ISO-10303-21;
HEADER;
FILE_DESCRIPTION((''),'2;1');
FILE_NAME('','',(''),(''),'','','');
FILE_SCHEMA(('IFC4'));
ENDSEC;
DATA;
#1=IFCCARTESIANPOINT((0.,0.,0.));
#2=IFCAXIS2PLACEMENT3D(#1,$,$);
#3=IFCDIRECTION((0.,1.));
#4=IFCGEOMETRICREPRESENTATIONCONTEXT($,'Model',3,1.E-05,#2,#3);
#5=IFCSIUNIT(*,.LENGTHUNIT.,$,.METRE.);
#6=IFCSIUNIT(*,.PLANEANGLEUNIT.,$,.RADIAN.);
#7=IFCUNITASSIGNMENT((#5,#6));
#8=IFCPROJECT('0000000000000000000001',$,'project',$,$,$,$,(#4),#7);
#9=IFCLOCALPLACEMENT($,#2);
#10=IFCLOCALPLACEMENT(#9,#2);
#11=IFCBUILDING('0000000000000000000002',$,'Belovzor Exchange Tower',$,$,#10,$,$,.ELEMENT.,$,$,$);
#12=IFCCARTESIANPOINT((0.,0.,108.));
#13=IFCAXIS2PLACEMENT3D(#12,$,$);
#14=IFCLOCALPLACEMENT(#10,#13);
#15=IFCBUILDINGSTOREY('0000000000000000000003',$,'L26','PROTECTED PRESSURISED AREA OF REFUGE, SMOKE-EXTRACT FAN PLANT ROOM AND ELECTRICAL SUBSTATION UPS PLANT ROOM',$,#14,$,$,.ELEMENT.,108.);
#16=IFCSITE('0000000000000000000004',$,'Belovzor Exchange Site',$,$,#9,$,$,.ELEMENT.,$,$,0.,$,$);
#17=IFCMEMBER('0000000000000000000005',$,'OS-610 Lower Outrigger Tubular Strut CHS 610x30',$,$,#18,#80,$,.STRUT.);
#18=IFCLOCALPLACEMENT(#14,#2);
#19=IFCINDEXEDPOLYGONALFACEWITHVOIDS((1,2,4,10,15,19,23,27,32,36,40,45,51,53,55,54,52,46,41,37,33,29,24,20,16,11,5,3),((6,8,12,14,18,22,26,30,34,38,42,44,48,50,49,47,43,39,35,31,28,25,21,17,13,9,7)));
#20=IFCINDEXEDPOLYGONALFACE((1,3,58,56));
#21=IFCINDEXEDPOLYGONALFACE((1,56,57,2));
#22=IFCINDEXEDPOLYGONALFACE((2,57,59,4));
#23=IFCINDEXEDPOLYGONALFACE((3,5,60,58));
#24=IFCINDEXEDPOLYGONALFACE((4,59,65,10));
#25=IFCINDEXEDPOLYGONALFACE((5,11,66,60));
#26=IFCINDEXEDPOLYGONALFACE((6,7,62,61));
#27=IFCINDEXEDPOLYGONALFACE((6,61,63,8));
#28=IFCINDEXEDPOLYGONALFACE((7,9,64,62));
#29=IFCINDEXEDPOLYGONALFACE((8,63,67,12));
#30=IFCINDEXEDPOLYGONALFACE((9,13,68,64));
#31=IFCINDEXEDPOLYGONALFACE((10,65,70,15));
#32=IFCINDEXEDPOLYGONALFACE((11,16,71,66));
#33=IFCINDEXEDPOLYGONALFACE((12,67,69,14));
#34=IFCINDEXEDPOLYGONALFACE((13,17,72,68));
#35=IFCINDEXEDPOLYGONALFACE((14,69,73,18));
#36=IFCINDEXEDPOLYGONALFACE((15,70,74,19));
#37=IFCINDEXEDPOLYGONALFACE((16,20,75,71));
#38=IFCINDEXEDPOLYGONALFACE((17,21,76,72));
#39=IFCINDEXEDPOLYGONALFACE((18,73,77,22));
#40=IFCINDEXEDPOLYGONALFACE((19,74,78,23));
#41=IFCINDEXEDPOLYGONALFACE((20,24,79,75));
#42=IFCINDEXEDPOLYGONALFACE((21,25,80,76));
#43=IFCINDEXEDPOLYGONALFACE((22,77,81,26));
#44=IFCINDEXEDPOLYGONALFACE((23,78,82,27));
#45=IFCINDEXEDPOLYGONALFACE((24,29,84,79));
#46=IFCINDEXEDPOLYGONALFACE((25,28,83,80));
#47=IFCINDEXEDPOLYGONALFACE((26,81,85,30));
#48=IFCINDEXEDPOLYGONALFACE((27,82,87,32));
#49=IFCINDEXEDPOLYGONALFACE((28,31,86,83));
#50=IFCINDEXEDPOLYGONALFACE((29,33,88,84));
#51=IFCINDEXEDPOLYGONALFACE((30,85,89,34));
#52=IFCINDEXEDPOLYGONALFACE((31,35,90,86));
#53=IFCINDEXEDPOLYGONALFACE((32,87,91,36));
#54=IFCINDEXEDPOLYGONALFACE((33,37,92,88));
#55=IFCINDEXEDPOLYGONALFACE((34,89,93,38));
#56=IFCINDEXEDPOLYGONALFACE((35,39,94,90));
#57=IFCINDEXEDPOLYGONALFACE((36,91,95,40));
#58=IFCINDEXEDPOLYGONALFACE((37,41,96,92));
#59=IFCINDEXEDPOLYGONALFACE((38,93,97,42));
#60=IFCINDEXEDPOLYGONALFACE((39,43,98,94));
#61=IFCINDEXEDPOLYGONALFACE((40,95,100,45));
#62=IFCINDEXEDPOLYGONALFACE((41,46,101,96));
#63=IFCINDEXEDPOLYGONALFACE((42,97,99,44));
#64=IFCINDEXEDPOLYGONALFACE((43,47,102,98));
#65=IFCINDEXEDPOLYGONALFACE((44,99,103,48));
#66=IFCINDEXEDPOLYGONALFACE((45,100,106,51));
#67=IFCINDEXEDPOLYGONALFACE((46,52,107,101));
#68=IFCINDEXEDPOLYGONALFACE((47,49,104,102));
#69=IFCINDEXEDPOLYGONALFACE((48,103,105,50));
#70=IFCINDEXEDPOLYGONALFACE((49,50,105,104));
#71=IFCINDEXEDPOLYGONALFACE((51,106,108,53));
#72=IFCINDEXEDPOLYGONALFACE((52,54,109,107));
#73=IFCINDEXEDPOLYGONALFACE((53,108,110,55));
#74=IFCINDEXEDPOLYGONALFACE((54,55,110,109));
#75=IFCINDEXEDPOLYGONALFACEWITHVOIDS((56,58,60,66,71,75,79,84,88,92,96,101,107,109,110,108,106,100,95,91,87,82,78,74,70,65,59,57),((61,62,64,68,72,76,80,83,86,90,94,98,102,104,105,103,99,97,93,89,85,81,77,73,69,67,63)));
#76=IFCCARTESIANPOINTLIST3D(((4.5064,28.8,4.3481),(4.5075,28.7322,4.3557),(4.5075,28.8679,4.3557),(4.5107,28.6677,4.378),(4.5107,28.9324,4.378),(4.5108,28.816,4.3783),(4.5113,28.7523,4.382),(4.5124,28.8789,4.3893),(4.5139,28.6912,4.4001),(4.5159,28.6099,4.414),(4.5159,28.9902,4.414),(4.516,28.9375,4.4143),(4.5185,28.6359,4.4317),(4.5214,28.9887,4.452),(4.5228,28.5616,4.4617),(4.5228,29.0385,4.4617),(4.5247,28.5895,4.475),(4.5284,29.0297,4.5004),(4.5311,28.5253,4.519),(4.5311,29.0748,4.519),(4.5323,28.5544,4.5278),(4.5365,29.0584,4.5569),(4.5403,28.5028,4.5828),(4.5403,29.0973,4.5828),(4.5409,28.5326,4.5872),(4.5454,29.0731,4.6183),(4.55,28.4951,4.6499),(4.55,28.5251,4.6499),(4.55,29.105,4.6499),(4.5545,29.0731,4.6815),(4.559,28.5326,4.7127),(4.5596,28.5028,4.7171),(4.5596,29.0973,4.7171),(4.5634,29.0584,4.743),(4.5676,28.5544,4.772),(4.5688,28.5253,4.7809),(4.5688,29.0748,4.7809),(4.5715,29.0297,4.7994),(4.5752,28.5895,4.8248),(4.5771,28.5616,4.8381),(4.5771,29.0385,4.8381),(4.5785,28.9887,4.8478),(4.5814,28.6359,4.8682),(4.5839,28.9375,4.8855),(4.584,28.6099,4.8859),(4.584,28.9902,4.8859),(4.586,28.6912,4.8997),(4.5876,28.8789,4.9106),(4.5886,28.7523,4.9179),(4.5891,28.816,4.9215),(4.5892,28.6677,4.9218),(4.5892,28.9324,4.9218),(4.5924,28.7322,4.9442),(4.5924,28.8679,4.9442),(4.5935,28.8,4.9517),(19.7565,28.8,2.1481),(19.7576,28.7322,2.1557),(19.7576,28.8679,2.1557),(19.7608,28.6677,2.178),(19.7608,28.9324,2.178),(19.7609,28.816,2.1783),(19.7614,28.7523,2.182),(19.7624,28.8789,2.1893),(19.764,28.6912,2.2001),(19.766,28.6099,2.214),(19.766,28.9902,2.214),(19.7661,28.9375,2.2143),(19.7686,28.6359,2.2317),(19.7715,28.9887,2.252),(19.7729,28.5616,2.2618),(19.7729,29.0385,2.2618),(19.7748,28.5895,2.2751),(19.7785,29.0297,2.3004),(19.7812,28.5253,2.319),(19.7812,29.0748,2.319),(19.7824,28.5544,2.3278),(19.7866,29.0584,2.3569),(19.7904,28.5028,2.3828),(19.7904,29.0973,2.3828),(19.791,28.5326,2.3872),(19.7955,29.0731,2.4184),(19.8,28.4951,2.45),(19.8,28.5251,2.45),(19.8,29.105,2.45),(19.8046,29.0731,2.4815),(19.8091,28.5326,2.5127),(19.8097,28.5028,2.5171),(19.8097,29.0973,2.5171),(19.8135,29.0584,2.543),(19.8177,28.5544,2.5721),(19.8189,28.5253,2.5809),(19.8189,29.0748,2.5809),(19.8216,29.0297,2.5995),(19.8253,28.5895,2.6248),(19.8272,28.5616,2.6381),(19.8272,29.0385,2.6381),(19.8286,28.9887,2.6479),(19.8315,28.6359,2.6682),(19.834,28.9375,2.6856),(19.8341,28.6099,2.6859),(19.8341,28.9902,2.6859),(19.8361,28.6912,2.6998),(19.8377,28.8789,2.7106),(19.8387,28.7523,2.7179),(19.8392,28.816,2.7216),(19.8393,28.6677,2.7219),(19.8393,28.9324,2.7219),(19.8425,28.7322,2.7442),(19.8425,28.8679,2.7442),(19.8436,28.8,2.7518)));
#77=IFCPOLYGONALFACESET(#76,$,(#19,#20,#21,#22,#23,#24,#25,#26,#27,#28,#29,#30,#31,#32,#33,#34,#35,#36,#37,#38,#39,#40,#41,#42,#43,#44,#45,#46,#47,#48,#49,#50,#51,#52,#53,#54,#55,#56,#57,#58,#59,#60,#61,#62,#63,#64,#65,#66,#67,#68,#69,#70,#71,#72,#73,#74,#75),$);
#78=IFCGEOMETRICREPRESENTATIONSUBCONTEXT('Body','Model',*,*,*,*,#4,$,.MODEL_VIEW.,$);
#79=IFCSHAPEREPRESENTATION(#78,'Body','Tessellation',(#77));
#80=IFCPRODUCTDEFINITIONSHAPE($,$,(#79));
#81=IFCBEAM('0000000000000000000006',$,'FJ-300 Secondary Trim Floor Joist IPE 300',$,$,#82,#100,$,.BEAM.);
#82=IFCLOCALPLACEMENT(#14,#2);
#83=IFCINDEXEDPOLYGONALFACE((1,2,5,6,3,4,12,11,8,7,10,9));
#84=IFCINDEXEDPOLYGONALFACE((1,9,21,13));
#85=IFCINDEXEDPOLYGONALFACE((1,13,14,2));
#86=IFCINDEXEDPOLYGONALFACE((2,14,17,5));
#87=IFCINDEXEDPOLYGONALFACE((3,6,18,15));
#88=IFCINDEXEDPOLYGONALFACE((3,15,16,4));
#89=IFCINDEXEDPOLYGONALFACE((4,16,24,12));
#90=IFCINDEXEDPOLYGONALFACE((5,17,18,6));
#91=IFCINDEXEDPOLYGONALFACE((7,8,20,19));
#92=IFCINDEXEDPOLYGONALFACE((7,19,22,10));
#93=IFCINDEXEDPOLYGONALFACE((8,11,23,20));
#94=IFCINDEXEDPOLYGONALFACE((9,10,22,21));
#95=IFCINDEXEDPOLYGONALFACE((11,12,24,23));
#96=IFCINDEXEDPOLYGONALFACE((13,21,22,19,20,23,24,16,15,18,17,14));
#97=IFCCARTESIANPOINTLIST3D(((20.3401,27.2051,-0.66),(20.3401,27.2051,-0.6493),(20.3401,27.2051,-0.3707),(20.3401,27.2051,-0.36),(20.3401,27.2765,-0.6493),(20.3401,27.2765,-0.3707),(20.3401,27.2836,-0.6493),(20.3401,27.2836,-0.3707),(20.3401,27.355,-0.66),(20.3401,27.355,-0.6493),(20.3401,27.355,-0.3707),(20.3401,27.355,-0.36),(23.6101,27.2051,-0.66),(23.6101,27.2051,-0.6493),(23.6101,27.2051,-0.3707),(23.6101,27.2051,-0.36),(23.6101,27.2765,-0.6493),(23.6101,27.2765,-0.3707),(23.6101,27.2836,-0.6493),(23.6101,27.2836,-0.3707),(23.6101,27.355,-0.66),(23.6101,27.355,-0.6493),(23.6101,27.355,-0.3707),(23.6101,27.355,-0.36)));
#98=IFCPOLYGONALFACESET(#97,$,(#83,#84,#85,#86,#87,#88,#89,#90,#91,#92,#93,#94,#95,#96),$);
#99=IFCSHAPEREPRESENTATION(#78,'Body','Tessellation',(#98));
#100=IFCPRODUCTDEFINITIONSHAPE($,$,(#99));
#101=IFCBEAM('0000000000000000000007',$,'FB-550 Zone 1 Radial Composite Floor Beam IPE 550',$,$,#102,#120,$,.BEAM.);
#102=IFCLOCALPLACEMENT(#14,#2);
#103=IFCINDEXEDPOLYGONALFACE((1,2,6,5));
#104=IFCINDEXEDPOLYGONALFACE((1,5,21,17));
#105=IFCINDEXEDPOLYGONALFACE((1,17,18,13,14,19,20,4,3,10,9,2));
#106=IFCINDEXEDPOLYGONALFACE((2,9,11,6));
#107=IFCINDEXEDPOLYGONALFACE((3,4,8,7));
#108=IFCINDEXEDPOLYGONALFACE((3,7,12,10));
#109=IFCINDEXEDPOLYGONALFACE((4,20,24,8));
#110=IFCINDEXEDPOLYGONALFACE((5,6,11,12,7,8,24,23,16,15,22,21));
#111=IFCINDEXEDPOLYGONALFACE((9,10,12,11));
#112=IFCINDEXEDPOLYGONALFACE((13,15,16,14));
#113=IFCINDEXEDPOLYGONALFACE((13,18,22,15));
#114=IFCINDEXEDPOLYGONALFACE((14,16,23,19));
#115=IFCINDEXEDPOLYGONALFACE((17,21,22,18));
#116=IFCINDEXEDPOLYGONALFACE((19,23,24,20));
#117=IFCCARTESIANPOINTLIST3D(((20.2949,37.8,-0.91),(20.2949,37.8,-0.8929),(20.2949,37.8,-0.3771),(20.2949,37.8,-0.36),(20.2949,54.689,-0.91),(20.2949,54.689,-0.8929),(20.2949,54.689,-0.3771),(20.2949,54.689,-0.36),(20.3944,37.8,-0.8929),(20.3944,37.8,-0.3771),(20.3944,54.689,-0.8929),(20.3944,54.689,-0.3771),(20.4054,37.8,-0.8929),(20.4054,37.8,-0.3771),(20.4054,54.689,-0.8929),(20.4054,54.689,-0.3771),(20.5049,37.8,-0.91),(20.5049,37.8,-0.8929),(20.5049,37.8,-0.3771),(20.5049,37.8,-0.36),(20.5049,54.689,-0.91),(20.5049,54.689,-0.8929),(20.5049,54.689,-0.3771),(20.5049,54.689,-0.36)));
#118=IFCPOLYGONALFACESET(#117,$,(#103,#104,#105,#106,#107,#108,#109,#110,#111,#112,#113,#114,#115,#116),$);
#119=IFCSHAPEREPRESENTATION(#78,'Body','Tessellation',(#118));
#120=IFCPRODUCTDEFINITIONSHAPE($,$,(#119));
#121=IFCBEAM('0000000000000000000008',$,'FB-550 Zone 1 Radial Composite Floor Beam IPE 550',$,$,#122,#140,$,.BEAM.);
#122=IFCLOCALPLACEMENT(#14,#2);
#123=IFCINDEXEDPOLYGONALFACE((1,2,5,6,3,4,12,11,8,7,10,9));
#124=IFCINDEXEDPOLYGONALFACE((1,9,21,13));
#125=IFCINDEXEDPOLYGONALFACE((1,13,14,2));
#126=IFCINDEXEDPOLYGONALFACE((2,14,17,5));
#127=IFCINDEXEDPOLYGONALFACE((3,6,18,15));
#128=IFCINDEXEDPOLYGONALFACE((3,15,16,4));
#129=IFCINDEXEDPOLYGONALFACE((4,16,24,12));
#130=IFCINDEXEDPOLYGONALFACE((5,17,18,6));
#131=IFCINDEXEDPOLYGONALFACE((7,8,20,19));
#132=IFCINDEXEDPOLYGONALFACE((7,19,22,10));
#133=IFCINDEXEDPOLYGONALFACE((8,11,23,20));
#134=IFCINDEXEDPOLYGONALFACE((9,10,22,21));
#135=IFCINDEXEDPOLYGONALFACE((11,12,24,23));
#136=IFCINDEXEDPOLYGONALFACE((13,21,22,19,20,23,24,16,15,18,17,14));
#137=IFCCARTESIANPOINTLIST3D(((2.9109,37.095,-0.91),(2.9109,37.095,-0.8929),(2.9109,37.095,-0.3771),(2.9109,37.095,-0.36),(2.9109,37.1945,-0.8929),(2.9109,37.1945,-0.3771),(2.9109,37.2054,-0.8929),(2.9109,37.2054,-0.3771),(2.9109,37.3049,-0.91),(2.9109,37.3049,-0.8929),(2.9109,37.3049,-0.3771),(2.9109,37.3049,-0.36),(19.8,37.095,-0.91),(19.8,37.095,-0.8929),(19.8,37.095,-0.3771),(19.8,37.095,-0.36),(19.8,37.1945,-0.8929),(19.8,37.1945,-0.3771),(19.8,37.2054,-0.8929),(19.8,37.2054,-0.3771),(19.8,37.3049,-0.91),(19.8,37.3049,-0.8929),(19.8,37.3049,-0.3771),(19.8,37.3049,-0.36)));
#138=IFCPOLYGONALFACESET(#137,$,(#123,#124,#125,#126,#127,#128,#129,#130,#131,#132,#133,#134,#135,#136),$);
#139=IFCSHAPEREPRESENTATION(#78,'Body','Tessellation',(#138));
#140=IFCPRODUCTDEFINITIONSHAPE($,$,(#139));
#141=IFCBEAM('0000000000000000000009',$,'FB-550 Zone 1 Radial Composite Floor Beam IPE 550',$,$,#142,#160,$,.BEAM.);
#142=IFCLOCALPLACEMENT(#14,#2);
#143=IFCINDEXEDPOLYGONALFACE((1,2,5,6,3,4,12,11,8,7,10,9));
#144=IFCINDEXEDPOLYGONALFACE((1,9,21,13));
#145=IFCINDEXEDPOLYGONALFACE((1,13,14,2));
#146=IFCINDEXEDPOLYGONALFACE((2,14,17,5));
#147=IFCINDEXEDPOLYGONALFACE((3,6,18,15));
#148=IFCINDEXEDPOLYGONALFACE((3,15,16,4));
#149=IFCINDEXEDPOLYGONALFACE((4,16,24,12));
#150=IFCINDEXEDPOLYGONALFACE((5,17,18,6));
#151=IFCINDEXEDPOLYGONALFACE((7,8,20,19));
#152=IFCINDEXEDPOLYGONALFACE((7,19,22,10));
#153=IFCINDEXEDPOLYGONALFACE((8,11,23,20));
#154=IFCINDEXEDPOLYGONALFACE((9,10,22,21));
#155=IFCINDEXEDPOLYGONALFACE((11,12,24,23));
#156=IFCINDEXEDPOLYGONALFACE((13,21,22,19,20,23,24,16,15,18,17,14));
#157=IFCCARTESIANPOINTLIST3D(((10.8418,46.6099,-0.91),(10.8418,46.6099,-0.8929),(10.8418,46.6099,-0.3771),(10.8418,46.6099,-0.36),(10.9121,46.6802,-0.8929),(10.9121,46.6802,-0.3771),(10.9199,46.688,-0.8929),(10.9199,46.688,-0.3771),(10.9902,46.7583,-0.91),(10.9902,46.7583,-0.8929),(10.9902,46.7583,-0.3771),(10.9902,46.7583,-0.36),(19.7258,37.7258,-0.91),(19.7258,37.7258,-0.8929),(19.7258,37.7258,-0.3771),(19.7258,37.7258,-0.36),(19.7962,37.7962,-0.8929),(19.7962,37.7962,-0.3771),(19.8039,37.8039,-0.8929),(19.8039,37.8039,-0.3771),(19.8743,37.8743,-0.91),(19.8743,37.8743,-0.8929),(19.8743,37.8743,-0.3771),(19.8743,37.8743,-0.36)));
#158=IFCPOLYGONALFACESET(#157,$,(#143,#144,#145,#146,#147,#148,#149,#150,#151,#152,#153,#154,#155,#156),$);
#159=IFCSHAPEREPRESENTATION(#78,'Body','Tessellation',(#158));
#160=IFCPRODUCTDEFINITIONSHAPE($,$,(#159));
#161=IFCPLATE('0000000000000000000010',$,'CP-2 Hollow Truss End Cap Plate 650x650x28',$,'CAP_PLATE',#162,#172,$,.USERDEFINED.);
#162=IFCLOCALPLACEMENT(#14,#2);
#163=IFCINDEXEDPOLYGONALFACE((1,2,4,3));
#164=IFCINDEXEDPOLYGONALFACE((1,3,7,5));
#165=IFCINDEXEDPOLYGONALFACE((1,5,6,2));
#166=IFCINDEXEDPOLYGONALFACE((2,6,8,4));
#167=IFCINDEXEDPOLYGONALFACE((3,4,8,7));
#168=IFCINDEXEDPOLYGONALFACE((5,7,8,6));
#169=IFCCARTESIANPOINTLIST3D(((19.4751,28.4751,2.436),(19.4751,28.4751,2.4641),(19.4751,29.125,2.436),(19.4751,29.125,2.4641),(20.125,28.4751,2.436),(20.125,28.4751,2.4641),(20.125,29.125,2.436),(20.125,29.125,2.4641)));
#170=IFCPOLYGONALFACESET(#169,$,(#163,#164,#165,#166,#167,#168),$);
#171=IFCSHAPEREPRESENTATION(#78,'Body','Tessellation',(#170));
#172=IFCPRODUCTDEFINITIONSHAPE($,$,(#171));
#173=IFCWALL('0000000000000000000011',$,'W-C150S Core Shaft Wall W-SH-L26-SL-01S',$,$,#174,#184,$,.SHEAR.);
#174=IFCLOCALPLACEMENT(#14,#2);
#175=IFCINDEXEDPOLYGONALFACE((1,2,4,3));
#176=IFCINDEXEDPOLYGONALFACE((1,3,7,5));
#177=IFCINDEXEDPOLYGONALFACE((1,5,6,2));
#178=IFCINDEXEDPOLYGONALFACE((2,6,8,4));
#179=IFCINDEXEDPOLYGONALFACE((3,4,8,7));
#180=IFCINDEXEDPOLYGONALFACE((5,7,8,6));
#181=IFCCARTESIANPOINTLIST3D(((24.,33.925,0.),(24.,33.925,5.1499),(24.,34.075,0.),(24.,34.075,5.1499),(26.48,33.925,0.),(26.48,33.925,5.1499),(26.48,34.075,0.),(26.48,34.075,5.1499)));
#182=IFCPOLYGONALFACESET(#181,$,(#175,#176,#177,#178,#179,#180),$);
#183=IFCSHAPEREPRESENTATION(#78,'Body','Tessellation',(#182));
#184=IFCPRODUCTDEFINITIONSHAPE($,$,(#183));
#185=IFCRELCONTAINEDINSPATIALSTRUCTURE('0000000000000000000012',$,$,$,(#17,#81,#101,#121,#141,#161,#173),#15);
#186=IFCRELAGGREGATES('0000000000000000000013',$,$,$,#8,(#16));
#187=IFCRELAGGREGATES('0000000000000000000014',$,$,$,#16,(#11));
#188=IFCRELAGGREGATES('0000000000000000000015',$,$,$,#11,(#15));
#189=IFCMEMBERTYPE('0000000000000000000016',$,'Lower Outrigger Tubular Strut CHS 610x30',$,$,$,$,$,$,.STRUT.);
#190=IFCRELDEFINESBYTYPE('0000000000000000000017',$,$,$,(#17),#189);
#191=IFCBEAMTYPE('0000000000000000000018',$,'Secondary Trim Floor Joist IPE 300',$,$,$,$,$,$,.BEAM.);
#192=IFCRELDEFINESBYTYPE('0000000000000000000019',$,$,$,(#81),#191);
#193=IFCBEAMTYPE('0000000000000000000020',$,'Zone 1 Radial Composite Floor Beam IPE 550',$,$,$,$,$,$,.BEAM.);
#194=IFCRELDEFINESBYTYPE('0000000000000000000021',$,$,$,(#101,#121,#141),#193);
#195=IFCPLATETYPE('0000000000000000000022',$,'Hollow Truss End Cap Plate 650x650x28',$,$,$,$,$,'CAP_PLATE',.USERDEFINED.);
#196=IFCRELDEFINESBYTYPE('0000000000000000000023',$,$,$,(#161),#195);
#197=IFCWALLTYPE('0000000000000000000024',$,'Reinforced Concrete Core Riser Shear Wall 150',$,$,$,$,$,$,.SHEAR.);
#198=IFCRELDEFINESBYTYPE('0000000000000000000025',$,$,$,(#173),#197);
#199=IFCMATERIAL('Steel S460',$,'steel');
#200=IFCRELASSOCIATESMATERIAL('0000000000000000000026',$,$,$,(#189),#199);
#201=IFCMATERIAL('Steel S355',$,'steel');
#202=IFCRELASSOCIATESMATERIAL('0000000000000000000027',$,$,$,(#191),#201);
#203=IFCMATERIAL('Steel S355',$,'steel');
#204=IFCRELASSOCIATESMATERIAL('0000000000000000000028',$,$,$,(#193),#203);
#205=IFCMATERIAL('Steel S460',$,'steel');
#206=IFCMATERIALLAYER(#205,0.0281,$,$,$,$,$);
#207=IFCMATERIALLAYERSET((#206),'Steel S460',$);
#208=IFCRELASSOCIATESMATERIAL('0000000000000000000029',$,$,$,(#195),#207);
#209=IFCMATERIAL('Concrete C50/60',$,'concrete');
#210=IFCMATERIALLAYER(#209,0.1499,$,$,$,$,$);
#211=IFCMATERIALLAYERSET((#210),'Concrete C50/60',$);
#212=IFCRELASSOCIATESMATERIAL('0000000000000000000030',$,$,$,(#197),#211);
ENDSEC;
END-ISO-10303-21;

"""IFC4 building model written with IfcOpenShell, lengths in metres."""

from ifc_helpers import new_model, si_unit, direction, frame, frame_2d, origin, origin_2d, place, context, subcontext, project, spatial, rectangle, hollow_circle, i_section, extrude, material, layer, layer_set, material_profile, profile_set, type_object, element, save


model = new_model("IFC4")

# Units and contexts
model_context = context("Model", 3, precision=1e-05, world=origin(), true_north=direction((0.0, 1.0)))
body_context = subcontext(model_context, "Body", "Model", "MODEL_VIEW")
ifc_project = project(units=[si_unit("LENGTHUNIT", "METRE"), si_unit("PLANEANGLEUNIT", "RADIAN")], contexts=[model_context])

# Site, building, storey
site_placement = place(None, origin())
site = spatial("IfcSite", under=ifc_project, at=site_placement, Name="Belovzor Exchange Site", CompositionType="ELEMENT", RefElevation=0.0)
building_placement = place(site_placement, origin())
building = spatial("IfcBuilding", under=site, at=building_placement, Name="Belovzor Exchange Tower", CompositionType="ELEMENT")
storey_placement = place(building_placement, frame((0.0, 0.0, 108.0)))
storey = spatial("IfcBuildingStorey", under=building, at=storey_placement, Name="L26", Description="PROTECTED PRESSURISED AREA OF REFUGE, SMOKE-EXTRACT FAN PLANT ROOM AND ELECTRICAL SUBSTATION UPS PLANT ROOM", CompositionType="ELEMENT", Elevation=108.0)

# Member
ifc_material_1 = material(Name="Steel S460", Category="steel")
ifc_material_profile_1 = material_profile(ifc_material_1, hollow_circle(Radius=0.3049, WallThickness=0.03, at=origin_2d()))
ifc_profile_set_1 = profile_set([ifc_material_profile_1], Name="Steel S460")
member_type = type_object("IfcMemberType", Name="Lower Outrigger Tubular Strut CHS 610x30", PredefinedType="STRUT", material=ifc_profile_set_1)
member_placement = place(storey_placement, frame((19.8, 28.8, 2.45), z_axis=(-0.989754, 0.0, 0.142781), x_axis=(0.0, -1.0, 0.0)))
element("IfcMember", 1, at=member_placement, inside=storey, type_object=member_type, Name="OS-610 Lower Outrigger Tubular Strut CHS 610x30", PredefinedType="STRUT", context=body_context, shape_type="SweptSolid", body=[
    extrude(hollow_circle(Radius=0.3049, WallThickness=0.03, at=origin_2d()), origin(), (0.0, 0.0, 1.0), 15.408),
])

# Beams
ifc_material_2 = material(Name="Steel S355", Category="steel")
ifc_material_profile_2 = material_profile(ifc_material_2, i_section(OverallWidth=0.1499, OverallDepth=0.3, WebThickness=0.0071, FlangeThickness=0.0107, at=origin_2d()))
ifc_profile_set_2 = profile_set([ifc_material_profile_2], Name="Steel S355")
beam_type_1 = type_object("IfcBeamType", Name="Secondary Trim Floor Joist IPE 300", PredefinedType="BEAM", material=ifc_profile_set_2)
beam_1_placement = place(storey_placement, frame((20.3401, 27.28, -0.51), z_axis=(1.0, 0.0, 0.0), x_axis=(0.0, 1.0, 0.0)))
element("IfcBeam", 2, at=beam_1_placement, inside=storey, type_object=beam_type_1, Name="FJ-300 Secondary Trim Floor Joist IPE 300", PredefinedType="BEAM", context=body_context, shape_type="SweptSolid", body=[
    extrude(i_section(OverallWidth=0.1499, OverallDepth=0.3, WebThickness=0.0071, FlangeThickness=0.0107, at=origin_2d()), origin(), (0.0, 0.0, 1.0), 3.27),
])
ifc_material_3 = material(Name="Steel S355", Category="steel")
ifc_material_profile_3 = material_profile(ifc_material_3, i_section(OverallWidth=0.21, OverallDepth=0.55, WebThickness=0.011, FlangeThickness=0.0171, at=origin_2d()))
ifc_profile_set_3 = profile_set([ifc_material_profile_3], Name="Steel S355")
beam_type_2 = type_object("IfcBeamType", Name="Zone 1 Radial Composite Floor Beam IPE 550", PredefinedType="BEAM", material=ifc_profile_set_3)
beam_2_placement = place(storey_placement, frame((20.3999, 37.8, -0.635), z_axis=(0.0, 1.0, 0.0), x_axis=(-1.0, 0.0, 0.0)))
element("IfcBeam", 3, at=beam_2_placement, inside=storey, type_object=beam_type_2, Name="FB-550 Zone 1 Radial Composite Floor Beam IPE 550", PredefinedType="BEAM", context=body_context, shape_type="SweptSolid", body=[
    extrude(i_section(OverallWidth=0.21, OverallDepth=0.55, WebThickness=0.011, FlangeThickness=0.0171, at=origin_2d()), origin(), (0.0, 0.0, 1.0), 16.8889),
])
beam_3_placement = place(storey_placement, frame((19.8, 37.2, -0.635), z_axis=(-1.0, 0.0, 0.0), x_axis=(0.0, -1.0, 0.0)))
element("IfcBeam", 4, at=beam_3_placement, inside=storey, type_object=beam_type_2, Name="FB-550 Zone 1 Radial Composite Floor Beam IPE 550", PredefinedType="BEAM", context=body_context, shape_type="SweptSolid", body=[
    extrude(i_section(OverallWidth=0.21, OverallDepth=0.55, WebThickness=0.011, FlangeThickness=0.0171, at=origin_2d()), origin(), (0.0, 0.0, 1.0), 16.8892),
])
beam_4_placement = place(storey_placement, frame((19.8, 37.8, -0.635), z_axis=(-0.707107, 0.707107, 0.0), x_axis=(-0.707107, -0.707107, 0.0)))
element("IfcBeam", 5, at=beam_4_placement, inside=storey, type_object=beam_type_2, Name="FB-550 Zone 1 Radial Composite Floor Beam IPE 550", PredefinedType="BEAM", context=body_context, shape_type="SweptSolid", body=[
    extrude(i_section(OverallWidth=0.21, OverallDepth=0.55, WebThickness=0.011, FlangeThickness=0.0171, at=origin_2d()), origin(), (0.0, 0.0, 1.0), 12.564),
])

# Plate
ifc_material_4 = material(Name="Steel S460", Category="steel")
ifc_layer_1 = layer(ifc_material_4, 0.0281)
ifc_layer_set_1 = layer_set([ifc_layer_1], Name="Steel S460")
plate_type = type_object("IfcPlateType", Name="Hollow Truss End Cap Plate 650x650x28", ElementType="CAP_PLATE", PredefinedType="USERDEFINED", material=ifc_layer_set_1)
plate_placement = place(storey_placement, frame((19.8, 28.8, 2.436), z_axis=(0.0, 0.0, 1.0), x_axis=(1.0, 0.0, 0.0)))
element("IfcPlate", 6, at=plate_placement, inside=storey, type_object=plate_type, Name="CP-2 Hollow Truss End Cap Plate 650x650x28", ObjectType="CAP_PLATE", PredefinedType="USERDEFINED", context=body_context, shape_type="SweptSolid", body=[
    extrude(rectangle(XDim=0.6499, YDim=0.6499, at=origin_2d()), origin(), (0.0, 0.0, 1.0), 0.0281),
])

# Wall
ifc_material_5 = material(Name="Concrete C50/60", Category="concrete")
ifc_layer_2 = layer(ifc_material_5, 0.1499)
ifc_layer_set_2 = layer_set([ifc_layer_2], Name="Concrete C50/60")
wall_type_1 = type_object("IfcWallType", Name="Reinforced Concrete Core Riser Shear Wall 150", PredefinedType="SHEAR", material=ifc_layer_set_2)
for number, where, z_axis, x_axis, name in (
    (7, (24.0, 34.0, 0.0), (0.0, 0.0, 1.0), (1.0, 0.0, 0.0), "W-C150S Core Shaft Wall W-SH-L26-SL-01S"),
):
    element("IfcWall", number, at=place(storey_placement, frame(where, z_axis=z_axis, x_axis=x_axis)), inside=storey, type_object=wall_type_1, Name=name, PredefinedType="SHEAR", context=body_context, shape_type="SweptSolid", body=[
        extrude(rectangle(XDim=2.48, YDim=0.1499, at=frame_2d((1.24, 0.0))), origin(), (0.0, 0.0, 1.0), 5.1499),
    ])

save(model, "model.ifc")
